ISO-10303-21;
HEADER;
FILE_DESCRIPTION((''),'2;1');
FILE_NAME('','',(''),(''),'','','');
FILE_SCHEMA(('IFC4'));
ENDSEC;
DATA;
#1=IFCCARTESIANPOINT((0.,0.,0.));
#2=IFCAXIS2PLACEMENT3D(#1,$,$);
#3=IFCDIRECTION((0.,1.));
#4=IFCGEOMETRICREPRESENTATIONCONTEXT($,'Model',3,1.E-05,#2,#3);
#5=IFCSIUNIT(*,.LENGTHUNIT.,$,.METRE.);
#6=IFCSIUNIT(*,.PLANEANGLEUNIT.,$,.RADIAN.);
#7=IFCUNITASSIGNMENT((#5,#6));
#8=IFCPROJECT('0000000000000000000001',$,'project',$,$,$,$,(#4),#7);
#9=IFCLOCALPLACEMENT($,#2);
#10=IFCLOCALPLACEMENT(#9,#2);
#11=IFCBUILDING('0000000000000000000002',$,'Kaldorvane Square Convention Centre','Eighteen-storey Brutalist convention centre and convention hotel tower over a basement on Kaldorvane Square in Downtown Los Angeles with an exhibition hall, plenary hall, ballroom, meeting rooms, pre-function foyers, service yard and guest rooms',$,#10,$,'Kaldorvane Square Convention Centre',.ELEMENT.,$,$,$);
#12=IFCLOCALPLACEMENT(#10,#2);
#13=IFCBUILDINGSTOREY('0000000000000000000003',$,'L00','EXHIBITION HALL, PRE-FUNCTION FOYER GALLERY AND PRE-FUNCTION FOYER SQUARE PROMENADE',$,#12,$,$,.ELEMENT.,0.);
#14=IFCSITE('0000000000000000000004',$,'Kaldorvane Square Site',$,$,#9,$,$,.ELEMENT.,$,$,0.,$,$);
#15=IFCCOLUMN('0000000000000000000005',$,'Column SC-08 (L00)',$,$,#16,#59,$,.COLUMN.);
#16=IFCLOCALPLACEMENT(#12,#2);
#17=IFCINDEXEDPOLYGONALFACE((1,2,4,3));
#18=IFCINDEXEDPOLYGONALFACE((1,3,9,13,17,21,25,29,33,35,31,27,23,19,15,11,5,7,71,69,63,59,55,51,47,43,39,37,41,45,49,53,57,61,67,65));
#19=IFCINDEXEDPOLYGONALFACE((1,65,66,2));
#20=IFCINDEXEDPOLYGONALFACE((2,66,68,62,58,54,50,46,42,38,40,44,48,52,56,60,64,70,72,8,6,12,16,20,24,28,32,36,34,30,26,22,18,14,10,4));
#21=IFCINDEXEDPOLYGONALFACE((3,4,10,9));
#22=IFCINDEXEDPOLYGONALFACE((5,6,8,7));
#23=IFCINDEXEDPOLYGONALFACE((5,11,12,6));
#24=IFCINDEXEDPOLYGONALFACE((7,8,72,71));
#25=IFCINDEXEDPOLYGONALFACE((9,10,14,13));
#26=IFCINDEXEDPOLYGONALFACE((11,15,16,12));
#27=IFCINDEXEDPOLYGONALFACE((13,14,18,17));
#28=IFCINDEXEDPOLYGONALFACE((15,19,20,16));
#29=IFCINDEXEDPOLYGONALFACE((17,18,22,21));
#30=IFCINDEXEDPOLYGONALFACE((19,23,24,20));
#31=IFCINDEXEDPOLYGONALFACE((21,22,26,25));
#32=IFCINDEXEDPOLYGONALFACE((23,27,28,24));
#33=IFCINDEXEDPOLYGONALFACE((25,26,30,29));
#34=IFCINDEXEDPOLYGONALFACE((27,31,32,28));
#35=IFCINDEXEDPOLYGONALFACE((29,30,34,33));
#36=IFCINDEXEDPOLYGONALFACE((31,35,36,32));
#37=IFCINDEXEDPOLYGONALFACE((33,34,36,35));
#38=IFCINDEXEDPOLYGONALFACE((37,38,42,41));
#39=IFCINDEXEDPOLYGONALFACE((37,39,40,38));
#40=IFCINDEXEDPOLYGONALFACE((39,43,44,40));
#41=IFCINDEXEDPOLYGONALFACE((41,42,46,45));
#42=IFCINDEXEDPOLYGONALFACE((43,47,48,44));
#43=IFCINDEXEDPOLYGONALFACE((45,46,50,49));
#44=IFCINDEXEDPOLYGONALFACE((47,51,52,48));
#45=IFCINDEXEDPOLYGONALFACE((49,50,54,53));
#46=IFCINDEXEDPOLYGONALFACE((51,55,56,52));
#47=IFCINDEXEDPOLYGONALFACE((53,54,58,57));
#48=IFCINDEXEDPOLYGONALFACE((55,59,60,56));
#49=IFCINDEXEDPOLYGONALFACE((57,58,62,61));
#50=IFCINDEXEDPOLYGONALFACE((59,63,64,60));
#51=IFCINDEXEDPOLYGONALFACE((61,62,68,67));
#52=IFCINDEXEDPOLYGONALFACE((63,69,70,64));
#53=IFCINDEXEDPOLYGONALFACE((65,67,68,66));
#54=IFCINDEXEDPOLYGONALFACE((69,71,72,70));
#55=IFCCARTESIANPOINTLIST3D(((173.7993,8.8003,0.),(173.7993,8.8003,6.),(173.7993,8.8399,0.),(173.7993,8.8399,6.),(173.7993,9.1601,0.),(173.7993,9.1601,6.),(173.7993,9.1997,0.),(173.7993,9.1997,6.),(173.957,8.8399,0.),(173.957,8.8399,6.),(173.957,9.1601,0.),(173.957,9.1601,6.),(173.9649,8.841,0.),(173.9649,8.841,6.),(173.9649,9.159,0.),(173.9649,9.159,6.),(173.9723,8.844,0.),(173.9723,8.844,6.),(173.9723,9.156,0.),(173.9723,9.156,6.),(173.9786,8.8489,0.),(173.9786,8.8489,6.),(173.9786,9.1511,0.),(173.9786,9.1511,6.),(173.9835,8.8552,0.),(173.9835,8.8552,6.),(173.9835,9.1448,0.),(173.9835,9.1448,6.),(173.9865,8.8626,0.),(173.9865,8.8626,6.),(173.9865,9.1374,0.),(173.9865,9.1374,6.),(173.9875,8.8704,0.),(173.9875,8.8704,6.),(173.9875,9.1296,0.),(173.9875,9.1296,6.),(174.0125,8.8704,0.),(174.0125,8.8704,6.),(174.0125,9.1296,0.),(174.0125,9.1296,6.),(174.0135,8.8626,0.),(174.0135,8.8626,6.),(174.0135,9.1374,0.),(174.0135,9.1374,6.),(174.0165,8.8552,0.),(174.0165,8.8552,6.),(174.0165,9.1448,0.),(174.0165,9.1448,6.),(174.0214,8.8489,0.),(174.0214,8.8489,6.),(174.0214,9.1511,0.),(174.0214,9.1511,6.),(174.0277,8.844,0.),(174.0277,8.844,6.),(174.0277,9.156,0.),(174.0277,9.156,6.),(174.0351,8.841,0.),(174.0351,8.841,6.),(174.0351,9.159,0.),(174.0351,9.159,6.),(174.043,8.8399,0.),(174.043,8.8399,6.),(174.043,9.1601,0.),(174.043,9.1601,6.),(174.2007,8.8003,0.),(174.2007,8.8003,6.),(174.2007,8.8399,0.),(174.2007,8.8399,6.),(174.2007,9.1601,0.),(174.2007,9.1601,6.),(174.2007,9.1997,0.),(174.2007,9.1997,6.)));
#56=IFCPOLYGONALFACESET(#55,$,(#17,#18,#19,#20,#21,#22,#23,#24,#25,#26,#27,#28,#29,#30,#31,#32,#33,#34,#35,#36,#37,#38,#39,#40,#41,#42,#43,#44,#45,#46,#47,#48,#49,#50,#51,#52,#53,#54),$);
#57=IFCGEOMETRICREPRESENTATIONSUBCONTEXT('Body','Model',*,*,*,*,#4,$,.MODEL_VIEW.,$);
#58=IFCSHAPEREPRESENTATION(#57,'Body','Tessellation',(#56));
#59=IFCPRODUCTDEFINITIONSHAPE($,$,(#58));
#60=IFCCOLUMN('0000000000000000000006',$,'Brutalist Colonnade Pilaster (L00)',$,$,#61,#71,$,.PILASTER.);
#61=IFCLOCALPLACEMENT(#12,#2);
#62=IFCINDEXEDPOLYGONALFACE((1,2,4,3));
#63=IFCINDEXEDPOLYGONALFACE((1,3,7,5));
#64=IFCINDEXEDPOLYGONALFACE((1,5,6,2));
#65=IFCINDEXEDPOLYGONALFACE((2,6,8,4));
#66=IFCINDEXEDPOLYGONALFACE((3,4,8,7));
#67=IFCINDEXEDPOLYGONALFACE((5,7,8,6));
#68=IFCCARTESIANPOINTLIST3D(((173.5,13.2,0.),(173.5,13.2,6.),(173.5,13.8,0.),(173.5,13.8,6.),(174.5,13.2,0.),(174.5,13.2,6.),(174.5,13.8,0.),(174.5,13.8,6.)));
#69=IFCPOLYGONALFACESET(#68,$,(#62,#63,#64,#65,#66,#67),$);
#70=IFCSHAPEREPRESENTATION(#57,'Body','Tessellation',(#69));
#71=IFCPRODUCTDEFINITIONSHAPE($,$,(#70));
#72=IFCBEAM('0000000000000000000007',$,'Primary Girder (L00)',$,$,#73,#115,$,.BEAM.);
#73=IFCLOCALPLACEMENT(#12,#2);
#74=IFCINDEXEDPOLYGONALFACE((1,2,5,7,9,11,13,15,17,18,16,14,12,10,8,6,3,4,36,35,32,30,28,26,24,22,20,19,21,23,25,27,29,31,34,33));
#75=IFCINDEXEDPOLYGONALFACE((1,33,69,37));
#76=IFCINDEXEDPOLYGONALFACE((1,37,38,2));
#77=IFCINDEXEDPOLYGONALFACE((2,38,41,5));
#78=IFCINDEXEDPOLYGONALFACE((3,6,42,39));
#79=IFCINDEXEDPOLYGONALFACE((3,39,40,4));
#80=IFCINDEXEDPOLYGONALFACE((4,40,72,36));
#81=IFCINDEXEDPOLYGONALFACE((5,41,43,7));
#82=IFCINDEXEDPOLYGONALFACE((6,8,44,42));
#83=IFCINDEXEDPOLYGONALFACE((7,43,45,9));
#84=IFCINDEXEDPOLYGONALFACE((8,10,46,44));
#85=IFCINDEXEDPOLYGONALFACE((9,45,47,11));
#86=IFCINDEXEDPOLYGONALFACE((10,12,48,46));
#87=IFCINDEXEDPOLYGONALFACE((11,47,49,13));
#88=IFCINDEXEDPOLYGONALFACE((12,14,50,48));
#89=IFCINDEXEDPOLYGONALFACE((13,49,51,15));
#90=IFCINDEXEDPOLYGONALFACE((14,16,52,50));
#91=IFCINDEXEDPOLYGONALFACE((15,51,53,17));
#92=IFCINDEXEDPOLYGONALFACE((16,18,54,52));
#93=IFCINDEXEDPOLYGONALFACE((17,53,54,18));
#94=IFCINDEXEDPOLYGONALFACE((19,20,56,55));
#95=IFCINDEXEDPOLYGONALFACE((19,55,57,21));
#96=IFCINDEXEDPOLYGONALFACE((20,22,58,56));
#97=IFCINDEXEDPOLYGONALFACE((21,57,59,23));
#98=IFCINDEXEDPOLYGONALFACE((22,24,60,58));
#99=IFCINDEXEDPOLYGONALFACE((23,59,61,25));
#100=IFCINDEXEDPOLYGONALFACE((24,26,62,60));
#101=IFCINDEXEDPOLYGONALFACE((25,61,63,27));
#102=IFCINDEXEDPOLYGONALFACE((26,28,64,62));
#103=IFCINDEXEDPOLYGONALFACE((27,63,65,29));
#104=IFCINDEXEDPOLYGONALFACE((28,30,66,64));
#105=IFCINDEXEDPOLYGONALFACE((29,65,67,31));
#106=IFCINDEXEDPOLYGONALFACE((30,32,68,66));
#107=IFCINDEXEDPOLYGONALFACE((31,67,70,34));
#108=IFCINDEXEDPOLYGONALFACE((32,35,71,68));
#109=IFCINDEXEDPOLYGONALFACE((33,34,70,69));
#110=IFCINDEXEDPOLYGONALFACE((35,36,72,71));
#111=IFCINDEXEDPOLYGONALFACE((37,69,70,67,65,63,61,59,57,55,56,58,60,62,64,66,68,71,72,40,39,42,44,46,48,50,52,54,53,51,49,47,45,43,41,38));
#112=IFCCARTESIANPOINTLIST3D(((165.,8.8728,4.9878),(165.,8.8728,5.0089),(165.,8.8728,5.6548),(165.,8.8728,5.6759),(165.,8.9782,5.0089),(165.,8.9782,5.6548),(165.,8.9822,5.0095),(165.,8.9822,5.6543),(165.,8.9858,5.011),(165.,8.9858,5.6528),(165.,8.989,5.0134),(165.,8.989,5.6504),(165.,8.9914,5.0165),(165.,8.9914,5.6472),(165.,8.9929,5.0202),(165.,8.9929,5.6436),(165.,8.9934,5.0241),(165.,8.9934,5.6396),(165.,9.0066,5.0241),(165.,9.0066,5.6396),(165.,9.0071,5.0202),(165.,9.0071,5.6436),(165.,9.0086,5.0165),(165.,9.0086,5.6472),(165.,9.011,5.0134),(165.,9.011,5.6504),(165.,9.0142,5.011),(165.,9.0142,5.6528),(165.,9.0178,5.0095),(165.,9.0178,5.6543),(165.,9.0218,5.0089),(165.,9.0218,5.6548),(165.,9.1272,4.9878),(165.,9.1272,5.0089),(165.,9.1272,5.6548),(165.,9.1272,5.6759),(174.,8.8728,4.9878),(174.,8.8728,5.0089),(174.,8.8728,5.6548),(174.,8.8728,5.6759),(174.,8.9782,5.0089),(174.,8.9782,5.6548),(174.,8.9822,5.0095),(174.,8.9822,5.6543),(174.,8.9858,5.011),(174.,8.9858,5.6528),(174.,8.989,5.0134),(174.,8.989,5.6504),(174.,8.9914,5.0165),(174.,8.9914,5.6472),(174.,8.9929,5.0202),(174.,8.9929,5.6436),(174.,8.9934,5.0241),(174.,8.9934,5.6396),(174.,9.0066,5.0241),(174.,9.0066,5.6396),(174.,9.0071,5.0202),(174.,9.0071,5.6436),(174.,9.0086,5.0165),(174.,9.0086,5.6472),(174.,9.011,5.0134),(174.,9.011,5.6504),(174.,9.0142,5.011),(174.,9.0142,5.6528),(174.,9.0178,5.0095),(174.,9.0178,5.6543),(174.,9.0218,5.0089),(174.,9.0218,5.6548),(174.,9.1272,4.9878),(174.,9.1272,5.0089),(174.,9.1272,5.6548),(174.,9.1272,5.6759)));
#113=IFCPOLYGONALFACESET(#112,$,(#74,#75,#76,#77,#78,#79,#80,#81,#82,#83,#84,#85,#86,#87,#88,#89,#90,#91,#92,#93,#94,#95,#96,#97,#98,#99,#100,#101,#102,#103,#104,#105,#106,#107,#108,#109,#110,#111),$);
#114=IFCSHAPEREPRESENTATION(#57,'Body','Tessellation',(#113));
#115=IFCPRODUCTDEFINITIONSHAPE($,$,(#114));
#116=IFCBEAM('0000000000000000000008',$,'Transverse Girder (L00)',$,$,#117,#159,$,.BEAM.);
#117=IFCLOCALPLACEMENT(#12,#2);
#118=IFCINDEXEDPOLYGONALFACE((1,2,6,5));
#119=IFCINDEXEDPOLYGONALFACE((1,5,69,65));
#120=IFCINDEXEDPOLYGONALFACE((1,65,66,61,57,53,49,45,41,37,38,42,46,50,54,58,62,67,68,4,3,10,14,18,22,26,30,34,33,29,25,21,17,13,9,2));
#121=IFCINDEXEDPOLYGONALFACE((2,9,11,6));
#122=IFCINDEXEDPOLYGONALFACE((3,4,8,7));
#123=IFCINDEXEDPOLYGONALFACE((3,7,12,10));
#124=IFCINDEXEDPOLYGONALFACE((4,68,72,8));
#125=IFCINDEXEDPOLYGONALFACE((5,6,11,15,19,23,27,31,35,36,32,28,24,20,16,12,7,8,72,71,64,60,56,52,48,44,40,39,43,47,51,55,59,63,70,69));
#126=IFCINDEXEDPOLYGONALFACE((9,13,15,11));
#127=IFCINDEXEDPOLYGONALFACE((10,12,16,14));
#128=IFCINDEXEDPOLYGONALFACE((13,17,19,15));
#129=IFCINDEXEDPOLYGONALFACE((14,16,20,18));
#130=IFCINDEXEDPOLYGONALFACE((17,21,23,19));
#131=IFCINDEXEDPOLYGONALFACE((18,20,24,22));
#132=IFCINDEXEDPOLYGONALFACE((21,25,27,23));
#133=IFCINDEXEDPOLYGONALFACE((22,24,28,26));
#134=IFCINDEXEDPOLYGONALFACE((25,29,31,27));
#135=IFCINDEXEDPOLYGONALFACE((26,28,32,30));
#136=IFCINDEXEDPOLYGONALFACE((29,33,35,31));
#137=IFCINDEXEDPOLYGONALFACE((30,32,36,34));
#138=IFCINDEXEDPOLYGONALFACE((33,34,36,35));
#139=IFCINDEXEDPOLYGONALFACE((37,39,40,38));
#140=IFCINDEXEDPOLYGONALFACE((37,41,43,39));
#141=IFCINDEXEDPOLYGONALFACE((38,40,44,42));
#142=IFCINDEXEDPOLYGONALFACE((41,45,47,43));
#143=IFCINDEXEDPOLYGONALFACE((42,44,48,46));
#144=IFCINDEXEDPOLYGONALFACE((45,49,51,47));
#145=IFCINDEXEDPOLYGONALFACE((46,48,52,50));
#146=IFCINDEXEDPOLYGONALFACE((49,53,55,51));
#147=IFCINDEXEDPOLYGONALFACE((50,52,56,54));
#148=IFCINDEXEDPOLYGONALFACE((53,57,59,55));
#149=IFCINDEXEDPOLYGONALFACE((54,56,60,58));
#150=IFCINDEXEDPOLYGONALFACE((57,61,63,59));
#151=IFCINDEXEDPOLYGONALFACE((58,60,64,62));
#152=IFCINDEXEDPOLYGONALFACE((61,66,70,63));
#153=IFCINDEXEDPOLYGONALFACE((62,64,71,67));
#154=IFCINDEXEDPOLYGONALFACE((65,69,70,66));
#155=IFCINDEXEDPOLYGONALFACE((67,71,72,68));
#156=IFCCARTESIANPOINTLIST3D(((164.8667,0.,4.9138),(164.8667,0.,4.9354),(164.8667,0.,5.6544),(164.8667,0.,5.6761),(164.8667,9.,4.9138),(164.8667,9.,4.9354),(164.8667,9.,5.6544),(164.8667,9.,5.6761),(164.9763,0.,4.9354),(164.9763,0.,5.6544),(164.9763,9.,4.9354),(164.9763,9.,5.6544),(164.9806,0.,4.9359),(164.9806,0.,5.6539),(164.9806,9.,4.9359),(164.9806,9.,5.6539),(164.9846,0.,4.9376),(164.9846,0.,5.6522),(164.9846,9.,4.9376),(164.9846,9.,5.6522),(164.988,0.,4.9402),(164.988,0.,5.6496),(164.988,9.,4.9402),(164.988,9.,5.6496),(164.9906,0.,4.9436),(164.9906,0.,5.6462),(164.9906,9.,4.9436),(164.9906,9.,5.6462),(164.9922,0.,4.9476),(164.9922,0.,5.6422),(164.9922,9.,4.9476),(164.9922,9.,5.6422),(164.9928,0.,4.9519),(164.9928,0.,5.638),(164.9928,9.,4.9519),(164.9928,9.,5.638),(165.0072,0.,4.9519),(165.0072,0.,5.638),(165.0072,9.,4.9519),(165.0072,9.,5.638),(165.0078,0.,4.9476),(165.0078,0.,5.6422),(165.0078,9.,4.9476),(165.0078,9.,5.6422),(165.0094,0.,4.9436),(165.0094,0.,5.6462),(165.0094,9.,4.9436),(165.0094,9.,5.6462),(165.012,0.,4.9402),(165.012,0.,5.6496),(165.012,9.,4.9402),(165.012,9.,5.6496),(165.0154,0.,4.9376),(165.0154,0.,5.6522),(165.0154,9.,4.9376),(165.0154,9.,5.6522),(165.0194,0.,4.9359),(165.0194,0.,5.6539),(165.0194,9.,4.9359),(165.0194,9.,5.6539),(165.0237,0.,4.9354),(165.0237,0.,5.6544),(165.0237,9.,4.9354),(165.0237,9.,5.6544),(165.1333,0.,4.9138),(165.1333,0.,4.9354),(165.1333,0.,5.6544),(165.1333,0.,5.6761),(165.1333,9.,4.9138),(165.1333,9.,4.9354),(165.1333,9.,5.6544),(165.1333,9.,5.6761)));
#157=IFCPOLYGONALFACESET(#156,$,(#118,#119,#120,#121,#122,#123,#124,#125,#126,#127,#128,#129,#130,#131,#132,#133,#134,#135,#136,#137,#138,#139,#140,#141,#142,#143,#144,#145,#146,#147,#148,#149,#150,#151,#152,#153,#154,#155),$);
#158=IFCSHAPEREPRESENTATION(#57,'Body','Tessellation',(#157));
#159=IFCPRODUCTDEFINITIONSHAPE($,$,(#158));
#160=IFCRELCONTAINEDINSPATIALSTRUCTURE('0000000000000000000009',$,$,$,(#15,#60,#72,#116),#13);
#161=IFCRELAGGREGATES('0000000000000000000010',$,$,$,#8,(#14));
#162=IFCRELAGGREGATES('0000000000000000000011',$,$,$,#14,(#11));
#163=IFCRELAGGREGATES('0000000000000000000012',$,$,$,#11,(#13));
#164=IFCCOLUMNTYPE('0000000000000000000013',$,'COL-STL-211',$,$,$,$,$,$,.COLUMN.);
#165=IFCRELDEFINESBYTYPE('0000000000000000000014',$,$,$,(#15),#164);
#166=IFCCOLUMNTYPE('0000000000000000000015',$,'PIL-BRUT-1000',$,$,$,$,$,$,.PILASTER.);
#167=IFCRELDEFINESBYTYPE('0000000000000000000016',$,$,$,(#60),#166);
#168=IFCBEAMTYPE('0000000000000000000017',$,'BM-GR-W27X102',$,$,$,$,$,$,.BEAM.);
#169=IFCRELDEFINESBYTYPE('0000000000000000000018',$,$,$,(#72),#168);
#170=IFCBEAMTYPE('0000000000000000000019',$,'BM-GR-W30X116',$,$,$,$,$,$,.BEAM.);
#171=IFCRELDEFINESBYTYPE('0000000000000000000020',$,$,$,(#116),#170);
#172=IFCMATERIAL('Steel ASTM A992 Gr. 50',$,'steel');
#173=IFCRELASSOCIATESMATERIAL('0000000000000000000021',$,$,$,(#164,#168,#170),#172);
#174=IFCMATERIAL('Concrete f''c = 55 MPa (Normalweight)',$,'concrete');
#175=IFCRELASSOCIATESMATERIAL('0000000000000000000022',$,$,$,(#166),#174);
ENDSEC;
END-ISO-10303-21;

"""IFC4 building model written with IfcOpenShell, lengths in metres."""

from ifc_helpers import new_model, si_unit, direction, frame, origin, origin_2d, place, context, subcontext, project, spatial, rectangle, i_section, extrude, material, material_profile, profile_set, type_object, element, save


model = new_model("IFC4")

# Units and contexts
model_context = context("Model", 3, precision=1e-05, world=origin(), true_north=direction((0.0, 1.0)))
body_context = subcontext(model_context, "Body", "Model", "MODEL_VIEW")
ifc_project = project(units=[si_unit("LENGTHUNIT", "METRE"), si_unit("PLANEANGLEUNIT", "RADIAN")], contexts=[model_context])

# Site, building, storey
site_placement = place(None, origin())
site = spatial("IfcSite", under=ifc_project, at=site_placement, Name="Kaldorvane Square Site", CompositionType="ELEMENT", RefElevation=0.0)
building_placement = place(site_placement, origin())
building = spatial("IfcBuilding", under=site, at=building_placement, Name="Kaldorvane Square Convention Centre", Description="Eighteen-storey Brutalist convention centre and convention hotel tower over a basement on Kaldorvane Square in Downtown Los Angeles with an exhibition hall, plenary hall, ballroom, meeting rooms, pre-function foyers, service yard and guest rooms", LongName="Kaldorvane Square Convention Centre", CompositionType="ELEMENT")
storey_placement = place(building_placement, origin())
storey = spatial("IfcBuildingStorey", under=building, at=storey_placement, Name="L00", Description="EXHIBITION HALL, PRE-FUNCTION FOYER GALLERY AND PRE-FUNCTION FOYER SQUARE PROMENADE", CompositionType="ELEMENT", Elevation=0.0)

# Columns
ifc_material_1 = material(Name="Steel ASTM A992 Gr. 50", Category="steel")
ifc_material_profile_1 = material_profile(ifc_material_1, i_section(OverallWidth=0.4013, OverallDepth=0.3993, WebThickness=0.0249, FlangeThickness=0.0396, FilletRadius=0.0305, at=origin_2d()), Name="W14X211")
ifc_profile_set_1 = profile_set([ifc_material_profile_1], Name="Steel ASTM A992 Gr. 50")
column_type_1 = type_object("IfcColumnType", Name="COL-STL-211", PredefinedType="COLUMN", material=ifc_profile_set_1)
for number, where, z_axis, x_axis, name in (
    (1, (174.0, 9.0, 0.0), (0.0, 0.0, 1.0), (1.0, 0.0, 0.0), "Column SC-08 (L00)"),
):
    element("IfcColumn", number, at=place(storey_placement, frame(where, z_axis=z_axis, x_axis=x_axis)), inside=storey, type_object=column_type_1, Name=name, PredefinedType="COLUMN", context=body_context, shape_type="SweptSolid", body=[
        extrude(i_section(OverallWidth=0.4013, OverallDepth=0.3993, WebThickness=0.0249, FlangeThickness=0.0396, FilletRadius=0.0305, at=origin_2d()), origin(), (0.0, 0.0, 1.0), 6.0),
    ])
ifc_material_2 = material(Name="Concrete f'c = 55 MPa (Normalweight)", Category="concrete")
ifc_material_profile_2 = material_profile(ifc_material_2, rectangle(XDim=0.6, YDim=1.0, at=origin_2d()), Name="PIL1000X600")
ifc_profile_set_2 = profile_set([ifc_material_profile_2], Name="Concrete f'c = 55 MPa (Normalweight)")
column_type_2 = type_object("IfcColumnType", Name="PIL-BRUT-1000", PredefinedType="PILASTER", material=ifc_profile_set_2)
column_placement = place(storey_placement, frame((174.0, 13.5, 0.0), z_axis=(0.0, 0.0, 1.0), x_axis=(0.0, 1.0, 0.0)))
element("IfcColumn", 2, at=column_placement, inside=storey, type_object=column_type_2, Name="Brutalist Colonnade Pilaster (L00)", PredefinedType="PILASTER", context=body_context, shape_type="SweptSolid", body=[
    extrude(rectangle(XDim=0.6, YDim=1.0, at=origin_2d()), origin(), (0.0, 0.0, 1.0), 6.0),
])

# Beams
ifc_material_profile_3 = material_profile(ifc_material_1, i_section(OverallWidth=0.2544, OverallDepth=0.6881, WebThickness=0.0131, FlangeThickness=0.0211, FilletRadius=0.0152, at=origin_2d()), Name="W27X102")
ifc_profile_set_3 = profile_set([ifc_material_profile_3], Name="Steel ASTM A992 Gr. 50")
beam_type_1 = type_object("IfcBeamType", Name="BM-GR-W27X102", PredefinedType="BEAM", material=ifc_profile_set_3)
beam_1_placement = place(storey_placement, frame((165.0, 9.0, 5.3319), z_axis=(1.0, 0.0, 0.0), x_axis=(0.0, 1.0, 0.0)))
element("IfcBeam", 3, at=beam_1_placement, inside=storey, type_object=beam_type_1, Name="Primary Girder (L00)", PredefinedType="BEAM", context=body_context, shape_type="SweptSolid", body=[
    extrude(i_section(OverallWidth=0.2544, OverallDepth=0.6881, WebThickness=0.0131, FlangeThickness=0.0211, FilletRadius=0.0152, at=origin_2d()), origin(), (0.0, 0.0, 1.0), 9.0),
])
ifc_material_profile_4 = material_profile(ifc_material_1, i_section(OverallWidth=0.2666, OverallDepth=0.7623, WebThickness=0.0144, FlangeThickness=0.0216, FilletRadius=0.0165, at=origin_2d()), Name="W30X116")
ifc_profile_set_4 = profile_set([ifc_material_profile_4], Name="Steel ASTM A992 Gr. 50")
beam_type_2 = type_object("IfcBeamType", Name="BM-GR-W30X116", PredefinedType="BEAM", material=ifc_profile_set_4)
for number, where, z_axis, x_axis, name in (
    (4, (165.0, 0.0, 5.2949), (0.0, 1.0, 0.0), (-1.0, 0.0, 0.0), "Transverse Girder (L00)"),
):
    element("IfcBeam", number, at=place(storey_placement, frame(where, z_axis=z_axis, x_axis=x_axis)), inside=storey, type_object=beam_type_2, Name=name, PredefinedType="BEAM", context=body_context, shape_type="SweptSolid", body=[
        extrude(i_section(OverallWidth=0.2666, OverallDepth=0.7623, WebThickness=0.0144, FlangeThickness=0.0216, FilletRadius=0.0165, at=origin_2d()), origin(), (0.0, 0.0, 1.0), 9.0),
    ])

save(model, "model.ifc")
